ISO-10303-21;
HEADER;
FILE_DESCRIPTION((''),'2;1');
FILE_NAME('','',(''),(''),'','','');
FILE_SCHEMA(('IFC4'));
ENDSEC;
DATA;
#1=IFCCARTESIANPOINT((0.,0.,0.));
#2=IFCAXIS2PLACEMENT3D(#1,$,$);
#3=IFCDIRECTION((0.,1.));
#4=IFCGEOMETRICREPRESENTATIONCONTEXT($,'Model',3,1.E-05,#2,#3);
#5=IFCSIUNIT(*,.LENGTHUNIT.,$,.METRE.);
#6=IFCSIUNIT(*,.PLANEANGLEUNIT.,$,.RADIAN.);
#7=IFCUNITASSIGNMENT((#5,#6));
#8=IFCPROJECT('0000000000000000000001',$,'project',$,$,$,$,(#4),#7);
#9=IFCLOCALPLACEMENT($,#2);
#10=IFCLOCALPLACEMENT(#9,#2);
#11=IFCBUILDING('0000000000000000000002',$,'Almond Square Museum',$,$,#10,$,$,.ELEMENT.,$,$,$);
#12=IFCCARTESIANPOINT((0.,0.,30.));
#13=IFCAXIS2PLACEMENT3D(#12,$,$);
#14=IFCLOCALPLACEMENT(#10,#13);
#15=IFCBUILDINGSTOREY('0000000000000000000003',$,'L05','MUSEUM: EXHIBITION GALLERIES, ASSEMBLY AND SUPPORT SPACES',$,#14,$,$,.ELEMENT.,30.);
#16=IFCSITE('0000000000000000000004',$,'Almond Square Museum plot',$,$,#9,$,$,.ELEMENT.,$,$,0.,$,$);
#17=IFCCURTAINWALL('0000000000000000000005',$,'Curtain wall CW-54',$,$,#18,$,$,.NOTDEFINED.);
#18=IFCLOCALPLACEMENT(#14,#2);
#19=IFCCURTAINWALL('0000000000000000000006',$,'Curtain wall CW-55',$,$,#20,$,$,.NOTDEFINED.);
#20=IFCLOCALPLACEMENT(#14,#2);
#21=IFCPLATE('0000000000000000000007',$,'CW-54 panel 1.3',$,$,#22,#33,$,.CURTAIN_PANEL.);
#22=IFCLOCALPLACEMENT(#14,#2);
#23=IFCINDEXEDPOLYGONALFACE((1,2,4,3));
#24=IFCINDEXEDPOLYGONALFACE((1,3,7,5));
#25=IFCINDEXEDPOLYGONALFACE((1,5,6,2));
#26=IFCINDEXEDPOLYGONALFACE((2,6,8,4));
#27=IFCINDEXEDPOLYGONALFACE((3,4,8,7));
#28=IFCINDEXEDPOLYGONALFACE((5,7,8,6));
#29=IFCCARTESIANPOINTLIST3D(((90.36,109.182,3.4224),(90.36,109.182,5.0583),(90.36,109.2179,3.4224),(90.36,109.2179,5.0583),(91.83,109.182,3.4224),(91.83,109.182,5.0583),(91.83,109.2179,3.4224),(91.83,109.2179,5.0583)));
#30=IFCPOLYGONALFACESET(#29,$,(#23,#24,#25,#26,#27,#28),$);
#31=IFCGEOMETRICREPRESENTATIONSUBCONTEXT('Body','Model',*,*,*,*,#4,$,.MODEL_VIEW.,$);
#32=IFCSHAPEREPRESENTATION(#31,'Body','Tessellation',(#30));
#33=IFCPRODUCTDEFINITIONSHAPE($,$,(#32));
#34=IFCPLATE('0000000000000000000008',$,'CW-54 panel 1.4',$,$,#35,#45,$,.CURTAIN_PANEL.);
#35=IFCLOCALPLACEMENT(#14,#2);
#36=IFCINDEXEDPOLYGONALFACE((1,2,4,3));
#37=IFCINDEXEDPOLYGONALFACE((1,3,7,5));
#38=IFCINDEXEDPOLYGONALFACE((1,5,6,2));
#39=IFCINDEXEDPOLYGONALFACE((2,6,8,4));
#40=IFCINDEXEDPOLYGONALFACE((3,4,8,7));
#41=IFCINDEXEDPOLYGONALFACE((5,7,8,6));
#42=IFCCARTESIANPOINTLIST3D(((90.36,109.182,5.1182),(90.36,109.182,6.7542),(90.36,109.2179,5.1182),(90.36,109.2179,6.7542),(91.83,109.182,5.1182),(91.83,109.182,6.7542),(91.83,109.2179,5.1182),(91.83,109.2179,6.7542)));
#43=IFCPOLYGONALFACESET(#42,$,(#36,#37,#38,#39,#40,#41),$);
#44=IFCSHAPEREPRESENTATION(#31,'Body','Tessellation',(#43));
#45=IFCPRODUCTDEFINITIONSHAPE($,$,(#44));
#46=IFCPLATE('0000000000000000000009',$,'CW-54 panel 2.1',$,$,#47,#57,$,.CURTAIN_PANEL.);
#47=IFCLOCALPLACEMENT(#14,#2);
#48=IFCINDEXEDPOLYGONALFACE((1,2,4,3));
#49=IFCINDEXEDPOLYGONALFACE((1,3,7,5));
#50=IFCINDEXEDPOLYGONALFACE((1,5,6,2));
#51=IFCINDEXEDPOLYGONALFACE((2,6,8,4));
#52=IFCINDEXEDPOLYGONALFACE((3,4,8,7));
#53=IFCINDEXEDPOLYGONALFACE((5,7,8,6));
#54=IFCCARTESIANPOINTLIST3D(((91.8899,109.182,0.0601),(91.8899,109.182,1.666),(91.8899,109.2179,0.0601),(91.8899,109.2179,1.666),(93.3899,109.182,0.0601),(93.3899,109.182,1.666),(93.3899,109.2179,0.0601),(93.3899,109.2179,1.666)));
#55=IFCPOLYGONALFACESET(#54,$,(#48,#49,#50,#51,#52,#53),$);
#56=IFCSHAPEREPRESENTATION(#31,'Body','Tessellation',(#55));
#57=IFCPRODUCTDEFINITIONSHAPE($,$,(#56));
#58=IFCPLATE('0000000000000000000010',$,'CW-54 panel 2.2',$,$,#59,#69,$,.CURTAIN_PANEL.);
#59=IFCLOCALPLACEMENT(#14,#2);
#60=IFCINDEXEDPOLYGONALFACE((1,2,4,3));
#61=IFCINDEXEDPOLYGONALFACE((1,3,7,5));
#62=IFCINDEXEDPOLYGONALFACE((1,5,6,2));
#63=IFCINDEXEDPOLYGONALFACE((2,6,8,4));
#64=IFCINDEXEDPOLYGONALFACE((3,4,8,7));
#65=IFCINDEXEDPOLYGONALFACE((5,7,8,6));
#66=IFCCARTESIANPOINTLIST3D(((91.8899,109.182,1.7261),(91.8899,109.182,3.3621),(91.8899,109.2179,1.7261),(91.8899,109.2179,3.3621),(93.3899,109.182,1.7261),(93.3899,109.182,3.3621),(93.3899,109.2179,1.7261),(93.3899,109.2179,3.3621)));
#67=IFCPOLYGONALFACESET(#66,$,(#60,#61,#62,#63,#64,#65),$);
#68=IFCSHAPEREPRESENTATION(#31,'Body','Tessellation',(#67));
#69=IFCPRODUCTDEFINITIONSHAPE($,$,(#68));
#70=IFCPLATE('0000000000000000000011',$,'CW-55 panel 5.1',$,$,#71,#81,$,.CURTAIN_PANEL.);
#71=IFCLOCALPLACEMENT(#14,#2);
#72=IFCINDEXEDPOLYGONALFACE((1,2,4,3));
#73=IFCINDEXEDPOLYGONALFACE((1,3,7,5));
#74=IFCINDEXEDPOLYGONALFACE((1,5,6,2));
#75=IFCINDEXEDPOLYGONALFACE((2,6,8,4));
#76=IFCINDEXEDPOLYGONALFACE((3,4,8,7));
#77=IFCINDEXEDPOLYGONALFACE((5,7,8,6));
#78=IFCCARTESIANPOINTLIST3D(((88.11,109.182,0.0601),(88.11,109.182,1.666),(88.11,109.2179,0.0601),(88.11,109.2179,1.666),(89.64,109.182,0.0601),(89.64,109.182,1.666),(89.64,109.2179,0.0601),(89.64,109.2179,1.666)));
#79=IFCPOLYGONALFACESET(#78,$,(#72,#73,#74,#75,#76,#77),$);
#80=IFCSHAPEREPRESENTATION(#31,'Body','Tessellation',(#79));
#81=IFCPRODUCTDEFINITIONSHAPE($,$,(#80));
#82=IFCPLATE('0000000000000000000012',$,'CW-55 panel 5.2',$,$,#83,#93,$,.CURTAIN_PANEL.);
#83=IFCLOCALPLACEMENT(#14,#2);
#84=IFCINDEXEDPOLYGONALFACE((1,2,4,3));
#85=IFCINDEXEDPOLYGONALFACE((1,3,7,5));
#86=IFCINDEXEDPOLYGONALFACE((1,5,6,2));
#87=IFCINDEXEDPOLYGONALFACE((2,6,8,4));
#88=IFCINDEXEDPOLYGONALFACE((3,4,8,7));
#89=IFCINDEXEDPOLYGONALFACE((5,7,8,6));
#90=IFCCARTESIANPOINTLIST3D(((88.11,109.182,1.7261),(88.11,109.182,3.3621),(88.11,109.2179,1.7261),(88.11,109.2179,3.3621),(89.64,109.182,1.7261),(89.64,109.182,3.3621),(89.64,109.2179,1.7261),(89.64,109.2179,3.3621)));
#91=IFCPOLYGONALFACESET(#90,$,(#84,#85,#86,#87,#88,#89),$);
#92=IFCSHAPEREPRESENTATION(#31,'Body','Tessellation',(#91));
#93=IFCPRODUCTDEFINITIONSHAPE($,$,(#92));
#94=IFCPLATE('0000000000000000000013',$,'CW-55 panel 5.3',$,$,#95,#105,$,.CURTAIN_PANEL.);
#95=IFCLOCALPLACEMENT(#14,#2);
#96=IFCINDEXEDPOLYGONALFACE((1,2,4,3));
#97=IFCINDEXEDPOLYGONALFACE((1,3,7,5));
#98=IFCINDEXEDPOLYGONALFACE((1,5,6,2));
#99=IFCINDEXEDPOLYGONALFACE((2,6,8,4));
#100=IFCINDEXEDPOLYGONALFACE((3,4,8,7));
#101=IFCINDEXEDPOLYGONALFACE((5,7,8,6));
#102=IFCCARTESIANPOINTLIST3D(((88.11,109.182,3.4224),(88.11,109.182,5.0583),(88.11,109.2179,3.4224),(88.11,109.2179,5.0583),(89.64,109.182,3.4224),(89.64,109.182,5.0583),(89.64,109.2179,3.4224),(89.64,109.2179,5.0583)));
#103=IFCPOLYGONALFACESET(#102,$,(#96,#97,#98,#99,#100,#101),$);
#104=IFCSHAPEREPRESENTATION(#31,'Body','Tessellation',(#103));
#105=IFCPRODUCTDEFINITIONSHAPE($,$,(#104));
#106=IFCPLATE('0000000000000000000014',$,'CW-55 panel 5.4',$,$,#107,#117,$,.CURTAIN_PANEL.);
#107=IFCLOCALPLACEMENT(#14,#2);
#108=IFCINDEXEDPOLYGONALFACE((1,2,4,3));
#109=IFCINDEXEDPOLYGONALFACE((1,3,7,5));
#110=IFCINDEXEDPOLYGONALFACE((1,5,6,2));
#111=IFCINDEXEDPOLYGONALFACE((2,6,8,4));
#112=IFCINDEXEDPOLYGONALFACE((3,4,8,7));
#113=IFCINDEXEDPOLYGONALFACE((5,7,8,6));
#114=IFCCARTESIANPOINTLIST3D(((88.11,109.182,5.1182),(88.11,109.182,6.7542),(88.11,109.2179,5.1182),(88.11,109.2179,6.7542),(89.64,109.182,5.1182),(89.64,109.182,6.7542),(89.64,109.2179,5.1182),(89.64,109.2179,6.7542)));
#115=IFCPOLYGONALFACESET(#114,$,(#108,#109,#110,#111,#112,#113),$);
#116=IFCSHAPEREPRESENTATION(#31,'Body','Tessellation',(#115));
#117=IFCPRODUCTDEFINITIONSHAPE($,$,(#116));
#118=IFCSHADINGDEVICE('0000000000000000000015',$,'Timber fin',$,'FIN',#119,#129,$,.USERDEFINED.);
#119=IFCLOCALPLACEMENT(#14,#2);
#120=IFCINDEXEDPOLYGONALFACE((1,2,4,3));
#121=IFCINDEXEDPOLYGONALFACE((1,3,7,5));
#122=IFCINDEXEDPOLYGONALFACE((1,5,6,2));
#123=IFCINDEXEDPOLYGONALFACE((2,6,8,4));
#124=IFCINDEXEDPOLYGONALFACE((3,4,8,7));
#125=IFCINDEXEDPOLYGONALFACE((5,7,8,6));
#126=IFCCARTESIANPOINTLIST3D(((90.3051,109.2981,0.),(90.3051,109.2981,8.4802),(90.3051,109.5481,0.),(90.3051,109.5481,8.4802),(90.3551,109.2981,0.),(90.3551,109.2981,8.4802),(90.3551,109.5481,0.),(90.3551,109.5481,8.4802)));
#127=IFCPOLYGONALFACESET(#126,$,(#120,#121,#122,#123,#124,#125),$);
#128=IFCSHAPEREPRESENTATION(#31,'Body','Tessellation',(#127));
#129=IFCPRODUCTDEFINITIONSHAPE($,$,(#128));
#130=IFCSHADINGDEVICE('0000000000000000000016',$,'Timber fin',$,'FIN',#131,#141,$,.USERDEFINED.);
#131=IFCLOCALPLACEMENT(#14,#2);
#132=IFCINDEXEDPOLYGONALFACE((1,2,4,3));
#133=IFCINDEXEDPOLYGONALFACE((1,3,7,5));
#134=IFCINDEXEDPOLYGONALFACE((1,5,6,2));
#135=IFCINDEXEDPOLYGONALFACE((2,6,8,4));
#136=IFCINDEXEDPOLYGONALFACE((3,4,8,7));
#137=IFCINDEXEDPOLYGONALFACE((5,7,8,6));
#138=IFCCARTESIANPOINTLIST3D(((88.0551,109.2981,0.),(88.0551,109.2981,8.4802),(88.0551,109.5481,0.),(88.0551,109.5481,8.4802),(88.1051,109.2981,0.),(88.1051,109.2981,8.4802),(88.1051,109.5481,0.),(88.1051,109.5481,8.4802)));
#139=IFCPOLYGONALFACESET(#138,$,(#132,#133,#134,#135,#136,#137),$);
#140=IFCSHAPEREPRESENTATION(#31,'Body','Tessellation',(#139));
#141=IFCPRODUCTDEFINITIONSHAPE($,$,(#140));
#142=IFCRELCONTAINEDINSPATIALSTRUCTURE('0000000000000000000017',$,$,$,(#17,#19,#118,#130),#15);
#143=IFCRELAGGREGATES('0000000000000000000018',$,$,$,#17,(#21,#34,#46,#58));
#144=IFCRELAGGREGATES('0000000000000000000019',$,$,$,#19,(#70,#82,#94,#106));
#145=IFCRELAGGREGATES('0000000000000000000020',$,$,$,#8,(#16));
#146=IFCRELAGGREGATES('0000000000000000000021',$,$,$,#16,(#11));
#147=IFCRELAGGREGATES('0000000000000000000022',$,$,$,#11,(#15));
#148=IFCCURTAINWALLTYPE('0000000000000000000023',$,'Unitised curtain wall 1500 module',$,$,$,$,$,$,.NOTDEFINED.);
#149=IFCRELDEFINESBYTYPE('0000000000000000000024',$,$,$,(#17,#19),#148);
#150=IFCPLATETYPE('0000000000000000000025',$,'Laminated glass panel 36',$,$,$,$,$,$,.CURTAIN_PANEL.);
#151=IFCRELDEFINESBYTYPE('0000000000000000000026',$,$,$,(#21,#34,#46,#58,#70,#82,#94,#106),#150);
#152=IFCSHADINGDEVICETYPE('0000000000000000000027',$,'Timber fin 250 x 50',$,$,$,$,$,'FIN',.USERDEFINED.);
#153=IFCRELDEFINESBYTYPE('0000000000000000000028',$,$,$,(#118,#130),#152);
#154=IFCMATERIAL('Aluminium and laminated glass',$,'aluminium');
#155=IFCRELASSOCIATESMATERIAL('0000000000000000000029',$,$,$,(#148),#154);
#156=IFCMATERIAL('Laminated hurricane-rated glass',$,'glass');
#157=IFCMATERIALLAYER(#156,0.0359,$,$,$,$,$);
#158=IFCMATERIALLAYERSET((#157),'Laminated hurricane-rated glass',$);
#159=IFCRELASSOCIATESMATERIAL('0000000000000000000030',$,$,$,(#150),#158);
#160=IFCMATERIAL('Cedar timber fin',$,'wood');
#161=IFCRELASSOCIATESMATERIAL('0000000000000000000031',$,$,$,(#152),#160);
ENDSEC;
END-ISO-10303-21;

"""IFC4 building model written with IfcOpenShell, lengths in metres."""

from ifc_helpers import new_model, si_unit, direction, frame, origin, origin_2d, place, context, subcontext, project, spatial, rectangle, extrude, material, layer, layer_set, material_profile, profile_set, type_object, element, aggregate, save


model = new_model("IFC4")

# Units and contexts
model_context = context("Model", 3, precision=1e-05, world=origin(), true_north=direction((0.0, 1.0)))
body_context = subcontext(model_context, "Body", "Model", "MODEL_VIEW")
ifc_project = project(units=[si_unit("LENGTHUNIT", "METRE"), si_unit("PLANEANGLEUNIT", "RADIAN")], contexts=[model_context])

# Site, building, storey
site_placement = place(None, origin())
site = spatial("IfcSite", under=ifc_project, at=site_placement, Name="Almond Square Museum plot", CompositionType="ELEMENT", RefElevation=0.0)
building_placement = place(site_placement, origin())
building = spatial("IfcBuilding", under=site, at=building_placement, Name="Almond Square Museum", CompositionType="ELEMENT")
storey_placement = place(building_placement, frame((0.0, 0.0, 30.0)))
storey = spatial("IfcBuildingStorey", under=building, at=storey_placement, Name="L05", Description="MUSEUM: EXHIBITION GALLERIES, ASSEMBLY AND SUPPORT SPACES", CompositionType="ELEMENT", Elevation=30.0)

# Curtain wall
ifc_material_1 = material(Name="Aluminium and laminated glass", Category="aluminium")
curtain_wall_type = type_object("IfcCurtainWallType", Name="Unitised curtain wall 1500 module", PredefinedType="NOTDEFINED", material=ifc_material_1)
curtain_wall_1_placement = place(storey_placement, origin())
curtain_wall_1 = element("IfcCurtainWall", 1, at=curtain_wall_1_placement, inside=storey, type_object=curtain_wall_type, Name="Curtain wall CW-54", PredefinedType="NOTDEFINED")

# Curtain wall
curtain_wall_2_placement = place(storey_placement, origin())
curtain_wall_2 = element("IfcCurtainWall", 2, at=curtain_wall_2_placement, inside=storey, type_object=curtain_wall_type, Name="Curtain wall CW-55", PredefinedType="NOTDEFINED")

# Plates
ifc_material_2 = material(Name="Laminated hurricane-rated glass", Category="glass")
ifc_layer = layer(ifc_material_2, 0.0359)
ifc_layer_set = layer_set([ifc_layer], Name="Laminated hurricane-rated glass")
plate_type = type_object("IfcPlateType", Name="Laminated glass panel 36", PredefinedType="CURTAIN_PANEL", material=ifc_layer_set)
plate_1_placement = place(storey_placement, frame((91.095, 109.2, 3.4224), z_axis=(0.0, 0.0, 1.0), x_axis=(1.0, 0.0, 0.0)))
plate_1 = element("IfcPlate", 3, at=plate_1_placement, type_object=plate_type, Name="CW-54 panel 1.3", PredefinedType="CURTAIN_PANEL", context=body_context, shape_type="SweptSolid", body=[
    extrude(rectangle(XDim=1.47, YDim=0.0359, at=origin_2d()), origin(), (0.0, 0.0, 1.0), 1.636),
])
plate_2_placement = place(storey_placement, frame((91.095, 109.2, 5.1182), z_axis=(0.0, 0.0, 1.0), x_axis=(1.0, 0.0, 0.0)))
plate_2 = element("IfcPlate", 4, at=plate_2_placement, type_object=plate_type, Name="CW-54 panel 1.4", PredefinedType="CURTAIN_PANEL", context=body_context, shape_type="SweptSolid", body=[
    extrude(rectangle(XDim=1.47, YDim=0.0359, at=origin_2d()), origin(), (0.0, 0.0, 1.0), 1.636),
])
plate_3_placement = place(storey_placement, frame((92.6399, 109.2, 0.0601), z_axis=(0.0, 0.0, 1.0), x_axis=(1.0, 0.0, 0.0)))
plate_3 = element("IfcPlate", 5, at=plate_3_placement, type_object=plate_type, Name="CW-54 panel 2.1", PredefinedType="CURTAIN_PANEL", context=body_context, shape_type="SweptSolid", body=[
    extrude(rectangle(XDim=1.5, YDim=0.0359, at=origin_2d()), origin(), (0.0, 0.0, 1.0), 1.606),
])
plate_4_placement = place(storey_placement, frame((92.6399, 109.2, 1.7261), z_axis=(0.0, 0.0, 1.0), x_axis=(1.0, 0.0, 0.0)))
plate_4 = element("IfcPlate", 6, at=plate_4_placement, type_object=plate_type, Name="CW-54 panel 2.2", PredefinedType="CURTAIN_PANEL", context=body_context, shape_type="SweptSolid", body=[
    extrude(rectangle(XDim=1.5, YDim=0.0359, at=origin_2d()), origin(), (0.0, 0.0, 1.0), 1.636),
])
aggregate(curtain_wall_1, [plate_1, plate_2, plate_3, plate_4])
plate_5_placement = place(storey_placement, frame((88.875, 109.2, 0.0601), z_axis=(0.0, 0.0, 1.0), x_axis=(1.0, 0.0, 0.0)))
plate_5 = element("IfcPlate", 7, at=plate_5_placement, type_object=plate_type, Name="CW-55 panel 5.1", PredefinedType="CURTAIN_PANEL", context=body_context, shape_type="SweptSolid", body=[
    extrude(rectangle(XDim=1.53, YDim=0.0359, at=origin_2d()), origin(), (0.0, 0.0, 1.0), 1.606),
])
plate_6_placement = place(storey_placement, frame((88.875, 109.2, 1.7261), z_axis=(0.0, 0.0, 1.0), x_axis=(1.0, 0.0, 0.0)))
plate_6 = element("IfcPlate", 8, at=plate_6_placement, type_object=plate_type, Name="CW-55 panel 5.2", PredefinedType="CURTAIN_PANEL", context=body_context, shape_type="SweptSolid", body=[
    extrude(rectangle(XDim=1.53, YDim=0.0359, at=origin_2d()), origin(), (0.0, 0.0, 1.0), 1.636),
])
plate_7_placement = place(storey_placement, frame((88.875, 109.2, 3.4224), z_axis=(0.0, 0.0, 1.0), x_axis=(1.0, 0.0, 0.0)))
plate_7 = element("IfcPlate", 9, at=plate_7_placement, type_object=plate_type, Name="CW-55 panel 5.3", PredefinedType="CURTAIN_PANEL", context=body_context, shape_type="SweptSolid", body=[
    extrude(rectangle(XDim=1.53, YDim=0.0359, at=origin_2d()), origin(), (0.0, 0.0, 1.0), 1.636),
])
plate_8_placement = place(storey_placement, frame((88.875, 109.2, 5.1182), z_axis=(0.0, 0.0, 1.0), x_axis=(1.0, 0.0, 0.0)))
plate_8 = element("IfcPlate", 10, at=plate_8_placement, type_object=plate_type, Name="CW-55 panel 5.4", PredefinedType="CURTAIN_PANEL", context=body_context, shape_type="SweptSolid", body=[
    extrude(rectangle(XDim=1.53, YDim=0.0359, at=origin_2d()), origin(), (0.0, 0.0, 1.0), 1.636),
])
aggregate(curtain_wall_2, [plate_5, plate_6, plate_7, plate_8])

# Shading devices
ifc_material_3 = material(Name="Cedar timber fin", Category="wood")
ifc_material_profile_1 = material_profile(ifc_material_3, rectangle(XDim=0.25, YDim=0.05, at=origin_2d()))
ifc_profile_set_1 = profile_set([ifc_material_profile_1], Name="Cedar timber fin")
shading_device_type = type_object("IfcShadingDeviceType", Name="Timber fin 250 x 50", ElementType="FIN", PredefinedType="USERDEFINED", material=ifc_profile_set_1)
for number, where, z_axis, x_axis, name in (
    (11, (90.3301, 109.4231, 0.0), (0.0, 0.0, 1.0), (0.0, 1.0, 0.0), "Timber fin"),
    (12, (88.0801, 109.4231, 0.0), (0.0, 0.0, 1.0), (0.0, 1.0, 0.0), "Timber fin"),
):
    element("IfcShadingDevice", number, at=place(storey_placement, frame(where, z_axis=z_axis, x_axis=x_axis)), inside=storey, type_object=shading_device_type, Name=name, ObjectType="FIN", PredefinedType="USERDEFINED", context=body_context, shape_type="SweptSolid", body=[
        extrude(rectangle(XDim=0.25, YDim=0.05, at=origin_2d()), origin(), (0.0, 0.0, 1.0), 8.4802),
    ])

save(model, "model.ifc")
